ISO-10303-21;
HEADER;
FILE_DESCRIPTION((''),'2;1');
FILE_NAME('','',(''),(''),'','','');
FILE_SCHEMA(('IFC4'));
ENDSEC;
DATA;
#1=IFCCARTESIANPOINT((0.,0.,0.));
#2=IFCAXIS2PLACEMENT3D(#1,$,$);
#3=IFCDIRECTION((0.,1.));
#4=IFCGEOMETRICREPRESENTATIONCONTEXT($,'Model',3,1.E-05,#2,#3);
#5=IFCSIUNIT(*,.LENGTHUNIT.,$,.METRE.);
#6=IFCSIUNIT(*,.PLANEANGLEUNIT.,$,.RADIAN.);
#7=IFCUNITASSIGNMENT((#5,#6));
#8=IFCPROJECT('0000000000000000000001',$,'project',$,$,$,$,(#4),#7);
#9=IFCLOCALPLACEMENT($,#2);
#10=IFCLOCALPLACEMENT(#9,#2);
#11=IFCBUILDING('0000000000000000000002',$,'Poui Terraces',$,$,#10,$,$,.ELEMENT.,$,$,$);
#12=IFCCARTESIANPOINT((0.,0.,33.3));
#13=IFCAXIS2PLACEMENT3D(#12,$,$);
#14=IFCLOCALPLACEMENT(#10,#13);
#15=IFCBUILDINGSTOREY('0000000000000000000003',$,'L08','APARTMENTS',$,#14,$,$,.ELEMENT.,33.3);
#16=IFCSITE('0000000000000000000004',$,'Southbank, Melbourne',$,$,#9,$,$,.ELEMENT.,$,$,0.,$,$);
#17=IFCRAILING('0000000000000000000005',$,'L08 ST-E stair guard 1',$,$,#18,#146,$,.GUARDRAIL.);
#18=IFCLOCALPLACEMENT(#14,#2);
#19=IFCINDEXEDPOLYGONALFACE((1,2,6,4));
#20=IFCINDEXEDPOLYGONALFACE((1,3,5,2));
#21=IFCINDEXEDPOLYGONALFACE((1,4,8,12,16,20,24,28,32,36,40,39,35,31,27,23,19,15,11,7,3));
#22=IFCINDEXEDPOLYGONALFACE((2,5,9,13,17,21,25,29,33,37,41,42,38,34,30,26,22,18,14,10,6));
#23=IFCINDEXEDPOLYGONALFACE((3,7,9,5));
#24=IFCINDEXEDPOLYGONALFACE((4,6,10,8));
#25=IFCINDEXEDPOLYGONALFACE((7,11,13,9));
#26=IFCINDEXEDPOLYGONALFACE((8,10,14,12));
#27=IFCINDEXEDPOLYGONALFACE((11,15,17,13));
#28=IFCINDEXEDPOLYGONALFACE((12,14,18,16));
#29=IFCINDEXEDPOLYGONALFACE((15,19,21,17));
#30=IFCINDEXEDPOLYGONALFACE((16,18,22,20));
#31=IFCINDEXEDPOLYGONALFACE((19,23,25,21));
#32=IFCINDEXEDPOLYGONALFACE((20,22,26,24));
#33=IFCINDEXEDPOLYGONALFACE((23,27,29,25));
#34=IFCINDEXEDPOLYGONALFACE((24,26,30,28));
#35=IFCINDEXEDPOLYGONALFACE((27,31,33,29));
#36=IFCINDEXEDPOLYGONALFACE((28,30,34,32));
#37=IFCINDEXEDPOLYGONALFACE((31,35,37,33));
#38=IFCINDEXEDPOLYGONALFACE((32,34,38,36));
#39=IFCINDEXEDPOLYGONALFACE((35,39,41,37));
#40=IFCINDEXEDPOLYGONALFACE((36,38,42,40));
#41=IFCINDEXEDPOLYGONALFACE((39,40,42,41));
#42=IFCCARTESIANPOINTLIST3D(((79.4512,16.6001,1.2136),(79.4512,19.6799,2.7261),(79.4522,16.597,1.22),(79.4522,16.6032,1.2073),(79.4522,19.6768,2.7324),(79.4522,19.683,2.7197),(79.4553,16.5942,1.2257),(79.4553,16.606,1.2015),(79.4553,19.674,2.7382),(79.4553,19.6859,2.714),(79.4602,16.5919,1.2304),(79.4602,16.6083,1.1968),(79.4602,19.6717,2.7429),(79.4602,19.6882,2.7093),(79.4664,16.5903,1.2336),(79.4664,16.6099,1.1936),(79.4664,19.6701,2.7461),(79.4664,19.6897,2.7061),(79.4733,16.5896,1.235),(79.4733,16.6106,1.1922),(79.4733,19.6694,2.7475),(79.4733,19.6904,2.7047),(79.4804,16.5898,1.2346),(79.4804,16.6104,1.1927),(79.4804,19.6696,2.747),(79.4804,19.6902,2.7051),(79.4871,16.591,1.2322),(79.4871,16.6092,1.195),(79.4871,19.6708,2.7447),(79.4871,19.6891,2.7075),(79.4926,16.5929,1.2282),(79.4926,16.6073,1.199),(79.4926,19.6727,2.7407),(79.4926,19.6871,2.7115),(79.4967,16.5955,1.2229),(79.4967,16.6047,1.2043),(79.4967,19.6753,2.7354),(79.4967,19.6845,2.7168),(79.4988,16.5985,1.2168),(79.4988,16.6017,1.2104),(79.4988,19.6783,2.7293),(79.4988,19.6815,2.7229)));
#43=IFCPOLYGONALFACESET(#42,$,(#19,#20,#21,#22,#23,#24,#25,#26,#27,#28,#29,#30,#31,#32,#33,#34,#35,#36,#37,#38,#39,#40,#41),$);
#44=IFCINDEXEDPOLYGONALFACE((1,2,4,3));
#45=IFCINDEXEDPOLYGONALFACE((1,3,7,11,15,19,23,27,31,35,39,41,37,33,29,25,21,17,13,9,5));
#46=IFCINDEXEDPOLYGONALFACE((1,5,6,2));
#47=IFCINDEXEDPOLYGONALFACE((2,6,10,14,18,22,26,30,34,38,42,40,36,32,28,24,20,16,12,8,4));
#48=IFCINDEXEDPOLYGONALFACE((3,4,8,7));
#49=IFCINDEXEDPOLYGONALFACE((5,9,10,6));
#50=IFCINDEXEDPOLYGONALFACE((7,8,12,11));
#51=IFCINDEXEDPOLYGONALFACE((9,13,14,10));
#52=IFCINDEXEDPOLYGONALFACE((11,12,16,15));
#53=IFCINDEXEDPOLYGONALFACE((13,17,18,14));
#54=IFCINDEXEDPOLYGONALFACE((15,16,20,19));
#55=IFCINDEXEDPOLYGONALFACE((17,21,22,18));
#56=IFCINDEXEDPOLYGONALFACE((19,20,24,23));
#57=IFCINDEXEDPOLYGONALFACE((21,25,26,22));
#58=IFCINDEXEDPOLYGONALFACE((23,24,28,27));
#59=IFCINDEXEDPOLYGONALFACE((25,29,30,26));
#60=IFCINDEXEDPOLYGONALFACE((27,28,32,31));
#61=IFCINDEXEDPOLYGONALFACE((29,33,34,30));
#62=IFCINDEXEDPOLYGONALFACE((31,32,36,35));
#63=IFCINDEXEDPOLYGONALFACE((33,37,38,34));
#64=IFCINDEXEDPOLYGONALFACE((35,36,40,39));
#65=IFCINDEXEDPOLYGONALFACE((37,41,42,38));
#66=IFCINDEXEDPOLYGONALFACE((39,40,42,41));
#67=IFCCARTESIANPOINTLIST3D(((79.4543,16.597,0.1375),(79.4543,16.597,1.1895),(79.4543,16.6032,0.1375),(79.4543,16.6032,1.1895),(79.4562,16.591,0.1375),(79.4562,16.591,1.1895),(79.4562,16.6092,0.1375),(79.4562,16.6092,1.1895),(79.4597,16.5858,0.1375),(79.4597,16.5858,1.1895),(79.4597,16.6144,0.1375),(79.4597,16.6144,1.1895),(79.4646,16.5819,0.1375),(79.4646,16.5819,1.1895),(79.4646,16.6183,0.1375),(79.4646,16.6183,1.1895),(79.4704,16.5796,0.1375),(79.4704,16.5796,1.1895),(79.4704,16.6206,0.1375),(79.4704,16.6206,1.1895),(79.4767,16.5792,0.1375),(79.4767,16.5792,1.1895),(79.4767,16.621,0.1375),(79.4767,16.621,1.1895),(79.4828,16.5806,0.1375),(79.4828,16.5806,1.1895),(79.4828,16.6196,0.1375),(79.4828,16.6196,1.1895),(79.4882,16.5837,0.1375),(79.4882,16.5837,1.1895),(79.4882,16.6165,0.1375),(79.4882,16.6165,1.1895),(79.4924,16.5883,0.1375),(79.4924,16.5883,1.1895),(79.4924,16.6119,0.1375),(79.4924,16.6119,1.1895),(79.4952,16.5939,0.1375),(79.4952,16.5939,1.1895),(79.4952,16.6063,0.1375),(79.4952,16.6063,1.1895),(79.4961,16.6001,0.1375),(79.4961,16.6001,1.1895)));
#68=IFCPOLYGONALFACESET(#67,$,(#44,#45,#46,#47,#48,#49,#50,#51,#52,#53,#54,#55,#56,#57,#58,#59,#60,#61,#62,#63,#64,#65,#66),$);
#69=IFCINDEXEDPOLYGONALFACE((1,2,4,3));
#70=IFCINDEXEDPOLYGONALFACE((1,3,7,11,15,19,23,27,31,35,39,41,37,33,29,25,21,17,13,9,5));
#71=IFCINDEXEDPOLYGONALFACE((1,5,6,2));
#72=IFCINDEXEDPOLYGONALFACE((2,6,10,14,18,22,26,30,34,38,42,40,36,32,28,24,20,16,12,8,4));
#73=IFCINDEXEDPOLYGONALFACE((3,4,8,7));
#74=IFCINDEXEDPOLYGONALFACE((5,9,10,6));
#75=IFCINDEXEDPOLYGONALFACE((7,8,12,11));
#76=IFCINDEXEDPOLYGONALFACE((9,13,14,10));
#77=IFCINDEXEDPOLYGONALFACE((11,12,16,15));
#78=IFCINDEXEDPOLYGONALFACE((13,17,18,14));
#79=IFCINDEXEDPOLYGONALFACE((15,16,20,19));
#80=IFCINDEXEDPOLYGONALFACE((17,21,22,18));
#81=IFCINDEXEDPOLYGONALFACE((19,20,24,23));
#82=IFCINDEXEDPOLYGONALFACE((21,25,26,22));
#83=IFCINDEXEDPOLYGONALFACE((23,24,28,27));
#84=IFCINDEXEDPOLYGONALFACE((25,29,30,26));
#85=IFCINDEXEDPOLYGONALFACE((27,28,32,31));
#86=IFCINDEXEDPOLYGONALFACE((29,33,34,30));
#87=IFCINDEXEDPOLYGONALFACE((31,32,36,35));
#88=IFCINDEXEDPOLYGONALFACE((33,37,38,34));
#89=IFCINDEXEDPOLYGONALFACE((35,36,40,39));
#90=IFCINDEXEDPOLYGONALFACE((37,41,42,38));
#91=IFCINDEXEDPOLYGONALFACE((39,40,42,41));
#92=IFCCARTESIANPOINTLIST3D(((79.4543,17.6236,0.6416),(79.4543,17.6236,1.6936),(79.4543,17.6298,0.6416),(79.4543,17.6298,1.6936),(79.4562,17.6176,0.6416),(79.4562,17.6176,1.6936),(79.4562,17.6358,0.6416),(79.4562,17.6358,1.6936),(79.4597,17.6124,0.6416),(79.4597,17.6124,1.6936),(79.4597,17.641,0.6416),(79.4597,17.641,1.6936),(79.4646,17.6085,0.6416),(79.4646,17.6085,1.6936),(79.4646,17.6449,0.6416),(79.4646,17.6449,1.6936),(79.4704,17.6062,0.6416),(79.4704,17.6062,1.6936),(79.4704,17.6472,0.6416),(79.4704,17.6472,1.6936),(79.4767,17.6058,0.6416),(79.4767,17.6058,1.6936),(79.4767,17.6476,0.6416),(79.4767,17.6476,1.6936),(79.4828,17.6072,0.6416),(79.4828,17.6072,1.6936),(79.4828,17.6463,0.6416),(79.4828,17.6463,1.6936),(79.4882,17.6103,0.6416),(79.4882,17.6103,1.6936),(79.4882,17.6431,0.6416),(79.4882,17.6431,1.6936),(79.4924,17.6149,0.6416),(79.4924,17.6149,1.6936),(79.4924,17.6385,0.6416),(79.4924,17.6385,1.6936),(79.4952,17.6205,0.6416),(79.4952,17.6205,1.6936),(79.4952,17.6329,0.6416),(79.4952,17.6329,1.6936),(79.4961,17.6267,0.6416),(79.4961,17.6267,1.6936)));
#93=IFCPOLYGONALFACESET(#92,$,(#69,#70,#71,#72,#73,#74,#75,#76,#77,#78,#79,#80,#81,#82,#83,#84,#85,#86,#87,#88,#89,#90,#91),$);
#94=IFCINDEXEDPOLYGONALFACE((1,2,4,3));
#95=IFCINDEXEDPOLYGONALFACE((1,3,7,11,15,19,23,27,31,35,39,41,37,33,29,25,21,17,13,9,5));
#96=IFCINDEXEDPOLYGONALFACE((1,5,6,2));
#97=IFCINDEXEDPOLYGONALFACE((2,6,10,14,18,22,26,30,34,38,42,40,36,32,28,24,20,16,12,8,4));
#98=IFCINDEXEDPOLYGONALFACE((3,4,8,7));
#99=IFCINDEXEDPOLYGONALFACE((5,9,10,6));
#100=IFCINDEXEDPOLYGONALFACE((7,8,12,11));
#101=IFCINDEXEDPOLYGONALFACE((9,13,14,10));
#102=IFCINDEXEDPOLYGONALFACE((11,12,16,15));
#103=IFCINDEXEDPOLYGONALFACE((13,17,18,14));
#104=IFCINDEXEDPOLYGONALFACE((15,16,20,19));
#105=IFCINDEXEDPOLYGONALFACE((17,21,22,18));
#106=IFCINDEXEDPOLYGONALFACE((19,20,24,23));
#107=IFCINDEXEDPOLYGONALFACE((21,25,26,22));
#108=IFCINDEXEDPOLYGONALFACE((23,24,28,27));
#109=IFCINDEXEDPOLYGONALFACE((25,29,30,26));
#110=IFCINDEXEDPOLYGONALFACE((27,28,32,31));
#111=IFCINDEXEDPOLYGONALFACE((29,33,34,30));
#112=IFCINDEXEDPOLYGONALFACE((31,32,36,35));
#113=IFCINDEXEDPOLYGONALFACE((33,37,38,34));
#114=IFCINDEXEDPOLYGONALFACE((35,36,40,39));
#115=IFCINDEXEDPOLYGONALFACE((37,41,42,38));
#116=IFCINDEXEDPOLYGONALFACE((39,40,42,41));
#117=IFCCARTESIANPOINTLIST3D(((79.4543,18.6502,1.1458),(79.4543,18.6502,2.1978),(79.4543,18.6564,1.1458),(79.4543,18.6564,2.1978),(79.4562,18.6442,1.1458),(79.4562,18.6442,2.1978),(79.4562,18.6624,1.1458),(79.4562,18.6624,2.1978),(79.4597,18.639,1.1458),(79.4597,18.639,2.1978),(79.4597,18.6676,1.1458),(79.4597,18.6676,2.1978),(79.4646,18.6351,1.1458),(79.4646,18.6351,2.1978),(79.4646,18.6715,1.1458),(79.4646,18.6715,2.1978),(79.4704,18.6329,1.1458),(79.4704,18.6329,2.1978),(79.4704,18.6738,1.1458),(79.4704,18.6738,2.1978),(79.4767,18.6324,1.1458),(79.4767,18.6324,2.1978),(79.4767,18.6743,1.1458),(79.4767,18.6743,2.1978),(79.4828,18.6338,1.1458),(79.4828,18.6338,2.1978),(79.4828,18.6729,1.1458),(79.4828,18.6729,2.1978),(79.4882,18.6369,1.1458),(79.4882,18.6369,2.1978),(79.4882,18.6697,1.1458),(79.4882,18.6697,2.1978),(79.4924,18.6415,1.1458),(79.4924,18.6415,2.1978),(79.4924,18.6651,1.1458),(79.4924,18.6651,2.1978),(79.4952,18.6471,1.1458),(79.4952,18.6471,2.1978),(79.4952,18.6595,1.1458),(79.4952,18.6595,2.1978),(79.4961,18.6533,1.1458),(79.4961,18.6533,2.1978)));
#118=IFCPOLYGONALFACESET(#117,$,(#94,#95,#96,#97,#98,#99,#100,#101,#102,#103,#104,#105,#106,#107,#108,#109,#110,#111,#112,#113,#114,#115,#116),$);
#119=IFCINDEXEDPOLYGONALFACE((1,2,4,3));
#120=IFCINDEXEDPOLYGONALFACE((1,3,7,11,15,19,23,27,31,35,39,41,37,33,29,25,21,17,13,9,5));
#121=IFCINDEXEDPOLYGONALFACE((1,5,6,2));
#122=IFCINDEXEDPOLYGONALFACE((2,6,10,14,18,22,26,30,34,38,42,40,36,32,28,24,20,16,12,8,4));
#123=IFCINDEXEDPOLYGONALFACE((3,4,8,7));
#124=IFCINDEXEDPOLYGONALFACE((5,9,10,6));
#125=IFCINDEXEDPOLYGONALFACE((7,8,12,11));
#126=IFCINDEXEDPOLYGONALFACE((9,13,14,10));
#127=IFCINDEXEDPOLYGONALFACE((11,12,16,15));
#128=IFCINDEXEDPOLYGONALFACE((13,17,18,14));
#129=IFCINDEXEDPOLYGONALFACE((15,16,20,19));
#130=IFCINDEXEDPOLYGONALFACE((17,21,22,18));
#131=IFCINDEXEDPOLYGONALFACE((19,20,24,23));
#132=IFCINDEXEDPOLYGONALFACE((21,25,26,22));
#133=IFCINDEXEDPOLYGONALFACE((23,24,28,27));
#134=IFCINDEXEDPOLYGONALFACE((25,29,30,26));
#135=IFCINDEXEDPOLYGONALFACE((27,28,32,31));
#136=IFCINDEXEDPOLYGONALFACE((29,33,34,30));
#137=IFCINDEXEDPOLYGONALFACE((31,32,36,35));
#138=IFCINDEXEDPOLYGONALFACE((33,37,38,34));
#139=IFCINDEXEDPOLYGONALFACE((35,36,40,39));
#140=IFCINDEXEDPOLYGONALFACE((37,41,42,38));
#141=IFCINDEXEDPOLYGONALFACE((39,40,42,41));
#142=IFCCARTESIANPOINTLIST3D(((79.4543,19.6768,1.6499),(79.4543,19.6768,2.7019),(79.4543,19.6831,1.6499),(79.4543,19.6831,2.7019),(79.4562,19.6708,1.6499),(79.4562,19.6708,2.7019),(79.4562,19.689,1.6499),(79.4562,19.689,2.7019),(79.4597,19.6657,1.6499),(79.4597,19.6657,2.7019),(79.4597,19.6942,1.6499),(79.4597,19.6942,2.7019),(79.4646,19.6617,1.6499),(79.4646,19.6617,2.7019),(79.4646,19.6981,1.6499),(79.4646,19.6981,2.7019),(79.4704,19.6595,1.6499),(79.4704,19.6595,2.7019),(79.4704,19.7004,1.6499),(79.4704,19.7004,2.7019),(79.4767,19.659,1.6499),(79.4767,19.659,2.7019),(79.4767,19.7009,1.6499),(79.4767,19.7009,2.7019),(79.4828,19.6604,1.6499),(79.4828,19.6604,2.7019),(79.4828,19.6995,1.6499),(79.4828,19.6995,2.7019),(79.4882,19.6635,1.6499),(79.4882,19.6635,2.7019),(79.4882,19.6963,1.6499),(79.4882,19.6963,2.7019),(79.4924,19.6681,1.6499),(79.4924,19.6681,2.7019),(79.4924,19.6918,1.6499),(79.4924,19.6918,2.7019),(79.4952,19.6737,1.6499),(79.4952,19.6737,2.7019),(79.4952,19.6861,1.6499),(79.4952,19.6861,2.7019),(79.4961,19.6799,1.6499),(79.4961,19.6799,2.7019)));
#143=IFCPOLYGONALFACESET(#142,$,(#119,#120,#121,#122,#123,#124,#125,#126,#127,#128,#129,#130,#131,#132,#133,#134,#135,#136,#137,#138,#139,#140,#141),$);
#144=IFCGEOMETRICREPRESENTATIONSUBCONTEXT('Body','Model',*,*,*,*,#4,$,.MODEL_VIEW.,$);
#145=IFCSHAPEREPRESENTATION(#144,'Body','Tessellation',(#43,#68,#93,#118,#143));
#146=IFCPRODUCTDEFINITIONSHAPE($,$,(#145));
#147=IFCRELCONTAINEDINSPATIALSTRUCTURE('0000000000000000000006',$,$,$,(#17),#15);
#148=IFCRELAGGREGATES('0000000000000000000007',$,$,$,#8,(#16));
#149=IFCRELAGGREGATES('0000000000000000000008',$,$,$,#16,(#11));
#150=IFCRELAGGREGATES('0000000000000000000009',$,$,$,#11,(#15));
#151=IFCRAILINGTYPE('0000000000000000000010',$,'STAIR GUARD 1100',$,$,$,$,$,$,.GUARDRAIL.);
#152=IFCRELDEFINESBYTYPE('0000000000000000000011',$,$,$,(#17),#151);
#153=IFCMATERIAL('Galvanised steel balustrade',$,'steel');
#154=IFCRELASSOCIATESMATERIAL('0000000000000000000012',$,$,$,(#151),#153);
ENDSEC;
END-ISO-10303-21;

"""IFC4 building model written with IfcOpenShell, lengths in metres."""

from ifc_helpers import new_model, si_unit, direction, frame, origin, origin_2d, place, context, subcontext, project, spatial, circle, extrude, material, type_object, element, save


model = new_model("IFC4")

# Units and contexts
model_context = context("Model", 3, precision=1e-05, world=origin(), true_north=direction((0.0, 1.0)))
body_context = subcontext(model_context, "Body", "Model", "MODEL_VIEW")
ifc_project = project(units=[si_unit("LENGTHUNIT", "METRE"), si_unit("PLANEANGLEUNIT", "RADIAN")], contexts=[model_context])

# Site, building, storey
site_placement = place(None, origin())
site = spatial("IfcSite", under=ifc_project, at=site_placement, Name="Southbank, Melbourne", CompositionType="ELEMENT", RefElevation=0.0)
building_placement = place(site_placement, origin())
building = spatial("IfcBuilding", under=site, at=building_placement, Name="Poui Terraces", CompositionType="ELEMENT")
storey_placement = place(building_placement, frame((0.0, 0.0, 33.3)))
storey = spatial("IfcBuildingStorey", under=building, at=storey_placement, Name="L08", Description="APARTMENTS", CompositionType="ELEMENT", Elevation=33.3)

# Railing
ifc_material_1 = material(Name="Galvanised steel balustrade", Category="steel")
railing_type_1 = type_object("IfcRailingType", Name="STAIR GUARD 1100", PredefinedType="GUARDRAIL", material=ifc_material_1)
railing_1_placement = place(storey_placement, frame((79.4751, 16.6001, 0.1375)))
element("IfcRailing", 1, at=railing_1_placement, inside=storey, type_object=railing_type_1, Name="L08 ST-E stair guard 1", PredefinedType="GUARDRAIL", context=body_context, shape_type="SweptSolid", body=[
    extrude(circle(Radius=0.0239, at=origin_2d()), frame((0.0, 0.0, 1.0762), z_axis=(0.0, 0.897606, 0.440798), x_axis=(-1.0, 0.0, 0.0)), (0.0, 0.0, 1.0), 3.4312),
    extrude(circle(Radius=0.021, at=origin_2d()), origin(), (0.0, 0.0, 1.0), 1.052),
    extrude(circle(Radius=0.021, at=origin_2d()), frame((0.0, 1.0266, 0.5042)), (0.0, 0.0, 1.0), 1.052),
    extrude(circle(Radius=0.021, at=origin_2d()), frame((0.0, 2.0532, 1.0083)), (0.0, 0.0, 1.0), 1.052),
    extrude(circle(Radius=0.021, at=origin_2d()), frame((0.0, 3.0798, 1.5125)), (0.0, 0.0, 1.0), 1.052),
])

save(model, "model.ifc")
